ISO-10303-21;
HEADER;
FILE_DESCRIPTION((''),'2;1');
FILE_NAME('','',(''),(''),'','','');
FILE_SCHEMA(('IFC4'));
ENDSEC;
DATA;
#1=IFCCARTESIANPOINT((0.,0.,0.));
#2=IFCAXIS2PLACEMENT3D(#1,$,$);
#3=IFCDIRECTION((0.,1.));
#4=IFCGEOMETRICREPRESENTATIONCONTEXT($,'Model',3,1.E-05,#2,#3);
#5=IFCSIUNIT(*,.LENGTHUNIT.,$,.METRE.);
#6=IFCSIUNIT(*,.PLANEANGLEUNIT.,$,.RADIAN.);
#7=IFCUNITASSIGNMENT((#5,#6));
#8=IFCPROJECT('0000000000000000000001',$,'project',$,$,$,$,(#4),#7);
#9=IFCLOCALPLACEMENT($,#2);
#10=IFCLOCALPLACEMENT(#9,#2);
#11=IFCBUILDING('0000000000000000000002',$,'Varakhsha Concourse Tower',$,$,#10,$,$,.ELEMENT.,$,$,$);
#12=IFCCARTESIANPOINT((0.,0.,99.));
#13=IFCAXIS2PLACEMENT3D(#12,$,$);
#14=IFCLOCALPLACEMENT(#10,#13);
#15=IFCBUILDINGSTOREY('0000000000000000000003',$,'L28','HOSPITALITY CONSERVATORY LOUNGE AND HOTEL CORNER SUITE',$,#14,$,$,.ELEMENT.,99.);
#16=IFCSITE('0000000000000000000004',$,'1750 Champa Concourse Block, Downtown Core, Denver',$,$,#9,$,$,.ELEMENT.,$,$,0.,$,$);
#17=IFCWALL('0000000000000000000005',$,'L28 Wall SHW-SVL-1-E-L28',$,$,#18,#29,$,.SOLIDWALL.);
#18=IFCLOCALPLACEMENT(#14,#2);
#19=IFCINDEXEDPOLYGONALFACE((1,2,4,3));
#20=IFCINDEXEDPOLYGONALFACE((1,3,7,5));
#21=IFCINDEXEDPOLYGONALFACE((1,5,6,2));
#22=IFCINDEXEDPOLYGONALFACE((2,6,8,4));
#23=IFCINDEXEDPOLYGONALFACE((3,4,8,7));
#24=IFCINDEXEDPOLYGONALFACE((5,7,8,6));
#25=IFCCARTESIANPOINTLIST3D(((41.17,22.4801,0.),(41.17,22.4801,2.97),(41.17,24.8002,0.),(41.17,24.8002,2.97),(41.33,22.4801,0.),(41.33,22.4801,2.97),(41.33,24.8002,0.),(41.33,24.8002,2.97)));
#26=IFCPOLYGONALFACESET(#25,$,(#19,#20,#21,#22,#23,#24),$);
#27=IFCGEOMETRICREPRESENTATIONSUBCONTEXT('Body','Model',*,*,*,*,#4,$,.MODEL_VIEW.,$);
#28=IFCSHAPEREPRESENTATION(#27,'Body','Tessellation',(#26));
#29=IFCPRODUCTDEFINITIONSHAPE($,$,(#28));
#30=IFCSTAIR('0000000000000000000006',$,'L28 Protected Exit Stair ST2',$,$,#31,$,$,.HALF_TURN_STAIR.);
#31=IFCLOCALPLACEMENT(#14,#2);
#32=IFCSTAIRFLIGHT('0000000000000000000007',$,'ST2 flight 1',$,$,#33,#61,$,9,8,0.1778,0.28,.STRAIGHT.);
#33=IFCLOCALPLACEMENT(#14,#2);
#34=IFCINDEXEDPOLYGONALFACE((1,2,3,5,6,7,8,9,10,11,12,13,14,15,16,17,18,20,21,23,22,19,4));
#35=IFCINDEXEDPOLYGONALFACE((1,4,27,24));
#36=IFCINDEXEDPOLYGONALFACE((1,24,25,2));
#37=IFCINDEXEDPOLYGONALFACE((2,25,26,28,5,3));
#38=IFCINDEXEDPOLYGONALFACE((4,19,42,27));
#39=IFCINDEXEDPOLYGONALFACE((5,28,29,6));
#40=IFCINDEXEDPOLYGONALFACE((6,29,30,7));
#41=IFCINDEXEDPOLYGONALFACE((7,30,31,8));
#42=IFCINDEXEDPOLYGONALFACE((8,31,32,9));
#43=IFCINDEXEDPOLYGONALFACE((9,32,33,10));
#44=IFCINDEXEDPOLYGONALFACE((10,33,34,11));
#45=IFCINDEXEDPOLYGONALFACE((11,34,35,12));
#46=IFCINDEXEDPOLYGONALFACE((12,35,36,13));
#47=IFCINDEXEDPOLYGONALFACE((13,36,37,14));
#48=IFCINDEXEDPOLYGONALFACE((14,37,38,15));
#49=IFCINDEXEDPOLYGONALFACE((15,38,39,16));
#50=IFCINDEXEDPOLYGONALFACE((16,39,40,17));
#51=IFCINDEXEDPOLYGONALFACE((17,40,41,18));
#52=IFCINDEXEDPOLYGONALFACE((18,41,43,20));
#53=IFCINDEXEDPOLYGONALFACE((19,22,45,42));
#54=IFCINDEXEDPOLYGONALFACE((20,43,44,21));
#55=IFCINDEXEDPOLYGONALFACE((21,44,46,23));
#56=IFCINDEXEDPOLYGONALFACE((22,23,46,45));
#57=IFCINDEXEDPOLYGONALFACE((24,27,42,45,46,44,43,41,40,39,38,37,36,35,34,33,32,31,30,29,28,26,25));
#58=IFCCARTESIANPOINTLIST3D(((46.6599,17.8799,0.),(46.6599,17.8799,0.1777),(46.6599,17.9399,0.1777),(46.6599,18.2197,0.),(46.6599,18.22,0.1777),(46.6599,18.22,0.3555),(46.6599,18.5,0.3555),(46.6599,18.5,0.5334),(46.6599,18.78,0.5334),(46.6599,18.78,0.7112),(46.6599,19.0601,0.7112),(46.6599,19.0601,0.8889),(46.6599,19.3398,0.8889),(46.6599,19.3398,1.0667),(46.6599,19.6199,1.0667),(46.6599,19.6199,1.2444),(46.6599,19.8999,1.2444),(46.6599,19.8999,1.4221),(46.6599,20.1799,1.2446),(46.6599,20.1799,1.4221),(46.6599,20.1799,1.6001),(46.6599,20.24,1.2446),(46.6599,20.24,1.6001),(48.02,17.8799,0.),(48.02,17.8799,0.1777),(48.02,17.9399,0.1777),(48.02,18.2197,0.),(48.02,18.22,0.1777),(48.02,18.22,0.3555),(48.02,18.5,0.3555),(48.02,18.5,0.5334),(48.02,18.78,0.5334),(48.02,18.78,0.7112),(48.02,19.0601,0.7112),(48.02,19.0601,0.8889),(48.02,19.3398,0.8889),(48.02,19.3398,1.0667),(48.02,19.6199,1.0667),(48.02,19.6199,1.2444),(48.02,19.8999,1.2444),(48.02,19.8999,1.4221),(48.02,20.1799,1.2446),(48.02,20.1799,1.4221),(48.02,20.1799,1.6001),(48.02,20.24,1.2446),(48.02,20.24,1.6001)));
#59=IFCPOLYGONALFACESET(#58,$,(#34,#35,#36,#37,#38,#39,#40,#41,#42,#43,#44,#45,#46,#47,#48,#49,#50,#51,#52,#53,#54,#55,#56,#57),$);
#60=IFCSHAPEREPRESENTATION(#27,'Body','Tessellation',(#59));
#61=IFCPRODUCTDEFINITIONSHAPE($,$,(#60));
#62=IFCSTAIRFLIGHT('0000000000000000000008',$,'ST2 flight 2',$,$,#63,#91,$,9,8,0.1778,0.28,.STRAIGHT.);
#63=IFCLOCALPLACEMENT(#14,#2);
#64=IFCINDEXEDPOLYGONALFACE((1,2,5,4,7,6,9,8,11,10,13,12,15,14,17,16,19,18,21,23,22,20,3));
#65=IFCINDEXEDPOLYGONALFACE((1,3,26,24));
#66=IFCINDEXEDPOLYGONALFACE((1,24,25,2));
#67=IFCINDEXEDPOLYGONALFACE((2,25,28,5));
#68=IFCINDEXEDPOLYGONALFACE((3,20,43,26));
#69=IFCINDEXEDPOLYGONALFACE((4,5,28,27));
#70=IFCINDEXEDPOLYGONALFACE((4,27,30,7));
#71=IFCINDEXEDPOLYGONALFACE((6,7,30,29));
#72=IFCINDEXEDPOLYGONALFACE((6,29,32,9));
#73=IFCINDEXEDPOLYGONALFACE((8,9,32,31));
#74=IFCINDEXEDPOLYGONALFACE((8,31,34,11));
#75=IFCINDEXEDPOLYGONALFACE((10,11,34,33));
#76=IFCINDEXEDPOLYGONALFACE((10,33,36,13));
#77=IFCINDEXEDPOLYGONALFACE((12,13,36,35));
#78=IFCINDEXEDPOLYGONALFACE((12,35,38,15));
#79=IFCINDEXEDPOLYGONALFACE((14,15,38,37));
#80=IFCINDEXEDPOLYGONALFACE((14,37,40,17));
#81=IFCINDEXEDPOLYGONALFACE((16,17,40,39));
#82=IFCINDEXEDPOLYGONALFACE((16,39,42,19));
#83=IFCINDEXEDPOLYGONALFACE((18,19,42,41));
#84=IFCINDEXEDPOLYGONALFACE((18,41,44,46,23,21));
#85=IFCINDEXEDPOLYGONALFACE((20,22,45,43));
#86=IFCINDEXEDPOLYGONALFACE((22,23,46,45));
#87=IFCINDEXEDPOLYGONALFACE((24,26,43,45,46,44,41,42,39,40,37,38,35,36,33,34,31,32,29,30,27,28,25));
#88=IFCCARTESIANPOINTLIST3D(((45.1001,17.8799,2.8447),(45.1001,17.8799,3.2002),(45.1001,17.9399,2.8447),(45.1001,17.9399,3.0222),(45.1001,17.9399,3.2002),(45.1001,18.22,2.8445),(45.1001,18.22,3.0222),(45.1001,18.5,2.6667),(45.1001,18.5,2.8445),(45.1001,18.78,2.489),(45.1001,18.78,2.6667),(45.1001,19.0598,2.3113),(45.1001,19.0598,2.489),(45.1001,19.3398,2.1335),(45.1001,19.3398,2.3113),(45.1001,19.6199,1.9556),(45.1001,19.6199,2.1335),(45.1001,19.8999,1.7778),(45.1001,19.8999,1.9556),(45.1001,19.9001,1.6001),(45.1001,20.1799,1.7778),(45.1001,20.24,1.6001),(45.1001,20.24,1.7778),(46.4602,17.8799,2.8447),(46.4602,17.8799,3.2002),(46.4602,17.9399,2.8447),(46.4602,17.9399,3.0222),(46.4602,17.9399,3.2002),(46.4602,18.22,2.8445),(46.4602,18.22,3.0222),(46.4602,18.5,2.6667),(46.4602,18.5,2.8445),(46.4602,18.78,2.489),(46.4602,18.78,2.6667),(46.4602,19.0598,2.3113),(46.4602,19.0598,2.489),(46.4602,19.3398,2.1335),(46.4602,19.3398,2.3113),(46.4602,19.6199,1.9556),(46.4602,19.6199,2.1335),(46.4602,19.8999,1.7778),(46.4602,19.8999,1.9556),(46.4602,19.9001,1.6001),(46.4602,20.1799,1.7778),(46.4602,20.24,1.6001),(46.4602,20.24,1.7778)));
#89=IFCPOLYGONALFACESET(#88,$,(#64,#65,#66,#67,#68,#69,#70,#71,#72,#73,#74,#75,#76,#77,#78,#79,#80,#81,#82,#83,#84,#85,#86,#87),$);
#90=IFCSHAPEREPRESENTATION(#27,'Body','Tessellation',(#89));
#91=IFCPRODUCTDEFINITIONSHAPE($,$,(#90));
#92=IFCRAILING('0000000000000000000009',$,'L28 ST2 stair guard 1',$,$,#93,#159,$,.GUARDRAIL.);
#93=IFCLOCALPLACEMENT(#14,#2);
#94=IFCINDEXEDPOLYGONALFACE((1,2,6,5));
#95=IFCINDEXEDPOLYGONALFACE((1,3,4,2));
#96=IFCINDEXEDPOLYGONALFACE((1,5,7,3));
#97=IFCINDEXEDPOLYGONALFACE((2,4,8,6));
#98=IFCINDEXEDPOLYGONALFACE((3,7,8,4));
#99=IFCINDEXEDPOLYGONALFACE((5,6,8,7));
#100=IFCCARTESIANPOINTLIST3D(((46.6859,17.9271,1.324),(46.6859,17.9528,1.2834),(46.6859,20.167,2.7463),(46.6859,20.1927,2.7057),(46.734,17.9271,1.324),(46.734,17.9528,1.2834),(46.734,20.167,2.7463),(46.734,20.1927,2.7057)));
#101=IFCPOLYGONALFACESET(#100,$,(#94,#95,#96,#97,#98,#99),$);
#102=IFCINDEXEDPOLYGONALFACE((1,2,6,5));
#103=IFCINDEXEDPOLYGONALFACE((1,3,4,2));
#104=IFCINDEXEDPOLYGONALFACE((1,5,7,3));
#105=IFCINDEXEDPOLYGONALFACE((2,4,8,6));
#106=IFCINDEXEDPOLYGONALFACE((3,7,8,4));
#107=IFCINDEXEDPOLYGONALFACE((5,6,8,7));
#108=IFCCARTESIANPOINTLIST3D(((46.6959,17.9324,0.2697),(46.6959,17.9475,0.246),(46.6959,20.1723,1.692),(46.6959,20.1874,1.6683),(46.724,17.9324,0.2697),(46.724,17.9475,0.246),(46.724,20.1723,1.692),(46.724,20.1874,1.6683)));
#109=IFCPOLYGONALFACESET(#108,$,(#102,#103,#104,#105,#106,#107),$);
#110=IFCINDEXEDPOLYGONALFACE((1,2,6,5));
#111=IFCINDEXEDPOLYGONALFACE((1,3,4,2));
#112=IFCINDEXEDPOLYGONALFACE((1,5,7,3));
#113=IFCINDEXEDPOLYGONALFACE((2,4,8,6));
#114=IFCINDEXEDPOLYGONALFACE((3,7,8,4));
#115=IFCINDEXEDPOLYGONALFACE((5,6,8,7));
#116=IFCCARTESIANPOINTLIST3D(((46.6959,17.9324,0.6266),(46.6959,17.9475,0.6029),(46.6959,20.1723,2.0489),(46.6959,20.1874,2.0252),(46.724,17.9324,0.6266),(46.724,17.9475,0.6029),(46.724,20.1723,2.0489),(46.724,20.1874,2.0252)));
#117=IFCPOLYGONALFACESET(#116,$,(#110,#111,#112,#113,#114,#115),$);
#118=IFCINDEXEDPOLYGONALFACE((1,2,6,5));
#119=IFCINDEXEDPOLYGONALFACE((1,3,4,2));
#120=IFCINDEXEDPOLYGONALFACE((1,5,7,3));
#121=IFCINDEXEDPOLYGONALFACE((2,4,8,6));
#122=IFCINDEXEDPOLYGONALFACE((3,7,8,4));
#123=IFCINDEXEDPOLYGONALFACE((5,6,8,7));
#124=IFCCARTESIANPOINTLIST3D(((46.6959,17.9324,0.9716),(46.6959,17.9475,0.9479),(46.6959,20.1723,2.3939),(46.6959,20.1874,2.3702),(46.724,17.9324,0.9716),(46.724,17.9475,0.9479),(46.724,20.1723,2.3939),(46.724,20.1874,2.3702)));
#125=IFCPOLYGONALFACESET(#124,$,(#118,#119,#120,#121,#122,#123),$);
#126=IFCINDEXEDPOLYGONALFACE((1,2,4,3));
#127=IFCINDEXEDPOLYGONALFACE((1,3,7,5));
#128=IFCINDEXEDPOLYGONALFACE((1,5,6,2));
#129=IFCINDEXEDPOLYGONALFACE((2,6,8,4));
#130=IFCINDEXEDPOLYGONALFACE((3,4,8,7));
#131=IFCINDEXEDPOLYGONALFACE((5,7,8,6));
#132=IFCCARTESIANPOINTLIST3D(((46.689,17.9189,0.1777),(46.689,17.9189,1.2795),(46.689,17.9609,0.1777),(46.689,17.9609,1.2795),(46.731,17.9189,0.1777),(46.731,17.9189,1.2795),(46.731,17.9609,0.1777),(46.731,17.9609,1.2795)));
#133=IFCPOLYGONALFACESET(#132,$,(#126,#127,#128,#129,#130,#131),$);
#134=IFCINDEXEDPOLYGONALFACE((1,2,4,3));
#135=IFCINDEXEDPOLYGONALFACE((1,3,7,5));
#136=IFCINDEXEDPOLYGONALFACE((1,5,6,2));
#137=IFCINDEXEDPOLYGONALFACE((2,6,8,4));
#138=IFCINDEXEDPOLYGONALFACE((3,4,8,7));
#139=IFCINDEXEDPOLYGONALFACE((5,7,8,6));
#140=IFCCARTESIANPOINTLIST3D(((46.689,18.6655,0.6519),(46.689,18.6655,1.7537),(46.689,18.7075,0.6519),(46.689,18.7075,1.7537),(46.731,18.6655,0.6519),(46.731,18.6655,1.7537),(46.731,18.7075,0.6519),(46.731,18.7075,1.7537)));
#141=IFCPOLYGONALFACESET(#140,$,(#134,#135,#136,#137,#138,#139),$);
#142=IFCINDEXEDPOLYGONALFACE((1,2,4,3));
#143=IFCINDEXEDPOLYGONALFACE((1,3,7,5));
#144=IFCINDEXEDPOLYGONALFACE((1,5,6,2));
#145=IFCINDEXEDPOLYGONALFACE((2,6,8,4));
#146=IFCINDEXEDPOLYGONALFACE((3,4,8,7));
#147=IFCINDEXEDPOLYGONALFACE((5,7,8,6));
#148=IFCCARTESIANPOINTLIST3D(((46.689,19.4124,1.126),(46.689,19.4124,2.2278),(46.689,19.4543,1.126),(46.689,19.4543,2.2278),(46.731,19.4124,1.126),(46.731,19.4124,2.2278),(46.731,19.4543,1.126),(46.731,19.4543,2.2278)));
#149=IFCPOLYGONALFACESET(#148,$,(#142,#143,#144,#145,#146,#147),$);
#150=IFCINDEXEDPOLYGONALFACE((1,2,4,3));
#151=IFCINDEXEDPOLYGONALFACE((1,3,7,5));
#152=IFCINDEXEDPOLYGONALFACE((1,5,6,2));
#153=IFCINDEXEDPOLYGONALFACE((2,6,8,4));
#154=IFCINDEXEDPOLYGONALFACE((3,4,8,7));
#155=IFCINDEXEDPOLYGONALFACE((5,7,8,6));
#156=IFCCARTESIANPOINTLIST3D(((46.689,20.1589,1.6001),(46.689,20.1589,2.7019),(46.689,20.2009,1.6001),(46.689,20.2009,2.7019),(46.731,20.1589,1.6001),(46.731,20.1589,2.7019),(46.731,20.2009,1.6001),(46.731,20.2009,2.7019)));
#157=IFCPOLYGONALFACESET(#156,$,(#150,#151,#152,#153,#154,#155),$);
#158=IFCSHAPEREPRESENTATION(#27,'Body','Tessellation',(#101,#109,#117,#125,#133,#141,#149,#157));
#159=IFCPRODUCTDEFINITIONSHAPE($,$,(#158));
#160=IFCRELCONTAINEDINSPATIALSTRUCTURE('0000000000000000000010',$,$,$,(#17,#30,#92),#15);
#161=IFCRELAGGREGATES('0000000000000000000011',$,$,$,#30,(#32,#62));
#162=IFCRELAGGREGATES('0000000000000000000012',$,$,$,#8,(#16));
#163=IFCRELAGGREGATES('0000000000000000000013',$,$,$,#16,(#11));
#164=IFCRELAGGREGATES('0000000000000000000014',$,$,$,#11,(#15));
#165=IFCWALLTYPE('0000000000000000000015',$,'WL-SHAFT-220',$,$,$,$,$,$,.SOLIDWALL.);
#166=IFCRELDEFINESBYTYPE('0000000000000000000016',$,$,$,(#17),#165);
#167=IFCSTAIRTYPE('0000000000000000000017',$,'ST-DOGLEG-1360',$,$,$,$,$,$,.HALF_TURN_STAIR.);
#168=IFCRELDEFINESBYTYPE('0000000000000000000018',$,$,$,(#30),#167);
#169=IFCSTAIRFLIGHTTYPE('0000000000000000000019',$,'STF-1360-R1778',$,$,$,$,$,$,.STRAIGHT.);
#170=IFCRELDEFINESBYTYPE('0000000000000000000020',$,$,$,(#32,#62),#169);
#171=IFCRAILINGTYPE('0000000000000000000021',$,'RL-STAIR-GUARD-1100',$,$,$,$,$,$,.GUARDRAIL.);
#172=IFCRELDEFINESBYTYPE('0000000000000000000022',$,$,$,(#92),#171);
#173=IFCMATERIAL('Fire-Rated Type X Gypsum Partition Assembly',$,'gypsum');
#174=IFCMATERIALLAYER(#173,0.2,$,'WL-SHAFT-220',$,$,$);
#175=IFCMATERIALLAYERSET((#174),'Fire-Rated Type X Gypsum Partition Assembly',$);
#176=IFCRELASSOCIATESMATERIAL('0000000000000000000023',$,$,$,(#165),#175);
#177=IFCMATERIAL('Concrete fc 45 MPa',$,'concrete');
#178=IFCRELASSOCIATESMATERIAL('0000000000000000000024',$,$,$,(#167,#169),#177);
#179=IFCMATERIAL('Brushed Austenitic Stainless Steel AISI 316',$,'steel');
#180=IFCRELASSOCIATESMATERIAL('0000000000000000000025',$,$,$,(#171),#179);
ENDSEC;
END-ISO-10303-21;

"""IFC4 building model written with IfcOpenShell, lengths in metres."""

from ifc_helpers import new_model, si_unit, direction, frame, frame_2d, origin, origin_2d, place, context, subcontext, project, spatial, polyline, rectangle, outline, extrude, material, layer, layer_set, type_object, element, aggregate, save


model = new_model("IFC4")

# Units and contexts
model_context = context("Model", 3, precision=1e-05, world=origin(), true_north=direction((0.0, 1.0)))
body_context = subcontext(model_context, "Body", "Model", "MODEL_VIEW")
ifc_project = project(units=[si_unit("LENGTHUNIT", "METRE"), si_unit("PLANEANGLEUNIT", "RADIAN")], contexts=[model_context])

# Site, building, storey
site_placement = place(None, origin())
site = spatial("IfcSite", under=ifc_project, at=site_placement, Name="1750 Champa Concourse Block, Downtown Core, Denver", CompositionType="ELEMENT", RefElevation=0.0)
building_placement = place(site_placement, origin())
building = spatial("IfcBuilding", under=site, at=building_placement, Name="Varakhsha Concourse Tower", CompositionType="ELEMENT")
storey_placement = place(building_placement, frame((0.0, 0.0, 99.0)))
storey = spatial("IfcBuildingStorey", under=building, at=storey_placement, Name="L28", Description="HOSPITALITY CONSERVATORY LOUNGE AND HOTEL CORNER SUITE", CompositionType="ELEMENT", Elevation=99.0)

# Wall
ifc_material_1 = material(Name="Fire-Rated Type X Gypsum Partition Assembly", Category="gypsum")
ifc_layer_1 = layer(ifc_material_1, 0.2, Name="WL-SHAFT-220")
ifc_layer_set_1 = layer_set([ifc_layer_1], Name="Fire-Rated Type X Gypsum Partition Assembly")
wall_type_1 = type_object("IfcWallType", Name="WL-SHAFT-220", PredefinedType="SOLIDWALL", material=ifc_layer_set_1)
for number, where, z_axis, x_axis, name in (
    (1, (41.25, 22.48, 0.0), (0.0, 0.0, 1.0), (0.0, 1.0, 0.0), "L28 Wall SHW-SVL-1-E-L28"),
):
    element("IfcWall", number, at=place(storey_placement, frame(where, z_axis=z_axis, x_axis=x_axis)), inside=storey, type_object=wall_type_1, Name=name, PredefinedType="SOLIDWALL", context=body_context, shape_type="SweptSolid", body=[
        extrude(rectangle(XDim=2.3201, YDim=0.1599, at=frame_2d((1.1602, 0.0))), origin(), (0.0, 0.0, 1.0), 2.97),
    ])

# Stair, stair flights
ifc_material_2 = material(Name="Concrete fc 45 MPa", Category="concrete")
stair_type = type_object("IfcStairType", Name="ST-DOGLEG-1360", PredefinedType="HALF_TURN_STAIR", material=ifc_material_2)
stair_placement = place(storey_placement, origin())
stair = element("IfcStair", 2, at=stair_placement, inside=storey, type_object=stair_type, Name="L28 Protected Exit Stair ST2", PredefinedType="HALF_TURN_STAIR")
stair_flight_type = type_object("IfcStairFlightType", Name="STF-1360-R1778", PredefinedType="STRAIGHT", material=ifc_material_2)
stair_flight_1_placement = place(storey_placement, frame((47.3401, 17.9399, 0.0), z_axis=(0.0, 0.0, 1.0), x_axis=(0.0, 1.0, 0.0)))
stair_flight_1 = element("IfcStairFlight", 3, at=stair_flight_1_placement, type_object=stair_flight_type, Name="ST2 flight 1", NumberOfRisers=9, NumberOfTreads=8, PredefinedType="STRAIGHT", RiserHeight=0.1778, TreadLength=0.28, context=body_context, shape_type="SweptSolid", body=[
    extrude(outline(polyline([(-0.0601, 0.0), (-0.0601, 0.1777), (0.0, 0.1777), (0.28, 0.1777), (0.28, 0.3555), (0.5601, 0.3555), (0.5601, 0.5334), (0.8401, 0.5334), (0.8401, 0.7112), (1.1201, 0.7112), (1.1201, 0.8889), (1.3999, 0.8889), (1.3999, 1.0667), (1.6799, 1.0667), (1.6799, 1.2444), (1.96, 1.2444), (1.96, 1.4221), (2.24, 1.4221), (2.24, 1.6001), (2.3, 1.6001), (2.3, 1.2446), (2.24, 1.2446), (0.2798, 0.0), (-0.0601, 0.0)])), frame((0.0, 0.6802, 0.0), z_axis=(0.0, -1.0, 0.0), x_axis=(1.0, 0.0, 0.0)), (0.0, 0.0, 1.0), 1.3601),
])
stair_flight_2_placement = place(storey_placement, frame((45.78, 20.1799, 1.6001), z_axis=(0.0, 0.0, 1.0), x_axis=(0.0, -1.0, 0.0)))
stair_flight_2 = element("IfcStairFlight", 4, at=stair_flight_2_placement, type_object=stair_flight_type, Name="ST2 flight 2", NumberOfRisers=9, NumberOfTreads=8, PredefinedType="STRAIGHT", RiserHeight=0.1778, TreadLength=0.28, context=body_context, shape_type="SweptSolid", body=[
    extrude(outline(polyline([(-0.0601, 0.0), (-0.0601, 0.1777), (0.0, 0.1777), (0.28, 0.1777), (0.28, 0.3555), (0.5601, 0.3555), (0.5601, 0.5334), (0.8401, 0.5334), (0.8401, 0.7112), (1.1201, 0.7112), (1.1201, 0.8889), (1.3999, 0.8889), (1.3999, 1.0667), (1.6799, 1.0667), (1.6799, 1.2444), (1.96, 1.2444), (1.96, 1.4221), (2.24, 1.4221), (2.24, 1.6001), (2.3, 1.6001), (2.3, 1.2446), (2.24, 1.2446), (0.2798, 0.0), (-0.0601, 0.0)])), frame((0.0, 0.6802, 0.0), z_axis=(0.0, -1.0, 0.0), x_axis=(1.0, 0.0, 0.0)), (0.0, 0.0, 1.0), 1.3601),
])
aggregate(stair, [stair_flight_1, stair_flight_2])

# Railing
ifc_material_3 = material(Name="Brushed Austenitic Stainless Steel AISI 316", Category="steel")
railing_type_1 = type_object("IfcRailingType", Name="RL-STAIR-GUARD-1100", PredefinedType="GUARDRAIL", material=ifc_material_3)
railing_1_placement = place(storey_placement, frame((46.71, 17.9399, 0.1777)))
element("IfcRailing", 5, at=railing_1_placement, inside=storey, type_object=railing_type_1, Name="L28 ST2 stair guard 1", PredefinedType="GUARDRAIL", context=body_context, shape_type="SweptSolid", body=[
    extrude(rectangle(XDim=0.0481, YDim=0.0481, at=origin_2d()), frame((0.0, 0.0, 1.126), z_axis=(0.0, 0.844188, 0.536048), x_axis=(-1.0, 0.0, 0.0)), (0.0, 0.0, 1.0), 2.6533),
    extrude(rectangle(XDim=0.0281, YDim=0.0281, at=origin_2d()), frame((0.0, 0.0, 0.0801), z_axis=(0.0, 0.844188, 0.536048), x_axis=(-1.0, 0.0, 0.0)), (0.0, 0.0, 1.0), 2.6533),
    extrude(rectangle(XDim=0.0281, YDim=0.0281, at=origin_2d()), frame((0.0, 0.0, 0.437), z_axis=(0.0, 0.844188, 0.536048), x_axis=(-1.0, 0.0, 0.0)), (0.0, 0.0, 1.0), 2.6533),
    extrude(rectangle(XDim=0.0281, YDim=0.0281, at=origin_2d()), frame((0.0, 0.0, 0.782), z_axis=(0.0, 0.844188, 0.536048), x_axis=(-1.0, 0.0, 0.0)), (0.0, 0.0, 1.0), 2.6533),
    extrude(rectangle(XDim=0.042, YDim=0.042, at=origin_2d()), origin(), (0.0, 0.0, 1.0), 1.1018),
    extrude(rectangle(XDim=0.042, YDim=0.042, at=origin_2d()), frame((0.0, 0.7466, 0.4741)), (0.0, 0.0, 1.0), 1.1018),
    extrude(rectangle(XDim=0.042, YDim=0.042, at=origin_2d()), frame((0.0, 1.4934, 0.9482)), (0.0, 0.0, 1.0), 1.1018),
    extrude(rectangle(XDim=0.042, YDim=0.042, at=origin_2d()), frame((0.0, 2.24, 1.4224)), (0.0, 0.0, 1.0), 1.1018),
])

save(model, "model.ifc")
